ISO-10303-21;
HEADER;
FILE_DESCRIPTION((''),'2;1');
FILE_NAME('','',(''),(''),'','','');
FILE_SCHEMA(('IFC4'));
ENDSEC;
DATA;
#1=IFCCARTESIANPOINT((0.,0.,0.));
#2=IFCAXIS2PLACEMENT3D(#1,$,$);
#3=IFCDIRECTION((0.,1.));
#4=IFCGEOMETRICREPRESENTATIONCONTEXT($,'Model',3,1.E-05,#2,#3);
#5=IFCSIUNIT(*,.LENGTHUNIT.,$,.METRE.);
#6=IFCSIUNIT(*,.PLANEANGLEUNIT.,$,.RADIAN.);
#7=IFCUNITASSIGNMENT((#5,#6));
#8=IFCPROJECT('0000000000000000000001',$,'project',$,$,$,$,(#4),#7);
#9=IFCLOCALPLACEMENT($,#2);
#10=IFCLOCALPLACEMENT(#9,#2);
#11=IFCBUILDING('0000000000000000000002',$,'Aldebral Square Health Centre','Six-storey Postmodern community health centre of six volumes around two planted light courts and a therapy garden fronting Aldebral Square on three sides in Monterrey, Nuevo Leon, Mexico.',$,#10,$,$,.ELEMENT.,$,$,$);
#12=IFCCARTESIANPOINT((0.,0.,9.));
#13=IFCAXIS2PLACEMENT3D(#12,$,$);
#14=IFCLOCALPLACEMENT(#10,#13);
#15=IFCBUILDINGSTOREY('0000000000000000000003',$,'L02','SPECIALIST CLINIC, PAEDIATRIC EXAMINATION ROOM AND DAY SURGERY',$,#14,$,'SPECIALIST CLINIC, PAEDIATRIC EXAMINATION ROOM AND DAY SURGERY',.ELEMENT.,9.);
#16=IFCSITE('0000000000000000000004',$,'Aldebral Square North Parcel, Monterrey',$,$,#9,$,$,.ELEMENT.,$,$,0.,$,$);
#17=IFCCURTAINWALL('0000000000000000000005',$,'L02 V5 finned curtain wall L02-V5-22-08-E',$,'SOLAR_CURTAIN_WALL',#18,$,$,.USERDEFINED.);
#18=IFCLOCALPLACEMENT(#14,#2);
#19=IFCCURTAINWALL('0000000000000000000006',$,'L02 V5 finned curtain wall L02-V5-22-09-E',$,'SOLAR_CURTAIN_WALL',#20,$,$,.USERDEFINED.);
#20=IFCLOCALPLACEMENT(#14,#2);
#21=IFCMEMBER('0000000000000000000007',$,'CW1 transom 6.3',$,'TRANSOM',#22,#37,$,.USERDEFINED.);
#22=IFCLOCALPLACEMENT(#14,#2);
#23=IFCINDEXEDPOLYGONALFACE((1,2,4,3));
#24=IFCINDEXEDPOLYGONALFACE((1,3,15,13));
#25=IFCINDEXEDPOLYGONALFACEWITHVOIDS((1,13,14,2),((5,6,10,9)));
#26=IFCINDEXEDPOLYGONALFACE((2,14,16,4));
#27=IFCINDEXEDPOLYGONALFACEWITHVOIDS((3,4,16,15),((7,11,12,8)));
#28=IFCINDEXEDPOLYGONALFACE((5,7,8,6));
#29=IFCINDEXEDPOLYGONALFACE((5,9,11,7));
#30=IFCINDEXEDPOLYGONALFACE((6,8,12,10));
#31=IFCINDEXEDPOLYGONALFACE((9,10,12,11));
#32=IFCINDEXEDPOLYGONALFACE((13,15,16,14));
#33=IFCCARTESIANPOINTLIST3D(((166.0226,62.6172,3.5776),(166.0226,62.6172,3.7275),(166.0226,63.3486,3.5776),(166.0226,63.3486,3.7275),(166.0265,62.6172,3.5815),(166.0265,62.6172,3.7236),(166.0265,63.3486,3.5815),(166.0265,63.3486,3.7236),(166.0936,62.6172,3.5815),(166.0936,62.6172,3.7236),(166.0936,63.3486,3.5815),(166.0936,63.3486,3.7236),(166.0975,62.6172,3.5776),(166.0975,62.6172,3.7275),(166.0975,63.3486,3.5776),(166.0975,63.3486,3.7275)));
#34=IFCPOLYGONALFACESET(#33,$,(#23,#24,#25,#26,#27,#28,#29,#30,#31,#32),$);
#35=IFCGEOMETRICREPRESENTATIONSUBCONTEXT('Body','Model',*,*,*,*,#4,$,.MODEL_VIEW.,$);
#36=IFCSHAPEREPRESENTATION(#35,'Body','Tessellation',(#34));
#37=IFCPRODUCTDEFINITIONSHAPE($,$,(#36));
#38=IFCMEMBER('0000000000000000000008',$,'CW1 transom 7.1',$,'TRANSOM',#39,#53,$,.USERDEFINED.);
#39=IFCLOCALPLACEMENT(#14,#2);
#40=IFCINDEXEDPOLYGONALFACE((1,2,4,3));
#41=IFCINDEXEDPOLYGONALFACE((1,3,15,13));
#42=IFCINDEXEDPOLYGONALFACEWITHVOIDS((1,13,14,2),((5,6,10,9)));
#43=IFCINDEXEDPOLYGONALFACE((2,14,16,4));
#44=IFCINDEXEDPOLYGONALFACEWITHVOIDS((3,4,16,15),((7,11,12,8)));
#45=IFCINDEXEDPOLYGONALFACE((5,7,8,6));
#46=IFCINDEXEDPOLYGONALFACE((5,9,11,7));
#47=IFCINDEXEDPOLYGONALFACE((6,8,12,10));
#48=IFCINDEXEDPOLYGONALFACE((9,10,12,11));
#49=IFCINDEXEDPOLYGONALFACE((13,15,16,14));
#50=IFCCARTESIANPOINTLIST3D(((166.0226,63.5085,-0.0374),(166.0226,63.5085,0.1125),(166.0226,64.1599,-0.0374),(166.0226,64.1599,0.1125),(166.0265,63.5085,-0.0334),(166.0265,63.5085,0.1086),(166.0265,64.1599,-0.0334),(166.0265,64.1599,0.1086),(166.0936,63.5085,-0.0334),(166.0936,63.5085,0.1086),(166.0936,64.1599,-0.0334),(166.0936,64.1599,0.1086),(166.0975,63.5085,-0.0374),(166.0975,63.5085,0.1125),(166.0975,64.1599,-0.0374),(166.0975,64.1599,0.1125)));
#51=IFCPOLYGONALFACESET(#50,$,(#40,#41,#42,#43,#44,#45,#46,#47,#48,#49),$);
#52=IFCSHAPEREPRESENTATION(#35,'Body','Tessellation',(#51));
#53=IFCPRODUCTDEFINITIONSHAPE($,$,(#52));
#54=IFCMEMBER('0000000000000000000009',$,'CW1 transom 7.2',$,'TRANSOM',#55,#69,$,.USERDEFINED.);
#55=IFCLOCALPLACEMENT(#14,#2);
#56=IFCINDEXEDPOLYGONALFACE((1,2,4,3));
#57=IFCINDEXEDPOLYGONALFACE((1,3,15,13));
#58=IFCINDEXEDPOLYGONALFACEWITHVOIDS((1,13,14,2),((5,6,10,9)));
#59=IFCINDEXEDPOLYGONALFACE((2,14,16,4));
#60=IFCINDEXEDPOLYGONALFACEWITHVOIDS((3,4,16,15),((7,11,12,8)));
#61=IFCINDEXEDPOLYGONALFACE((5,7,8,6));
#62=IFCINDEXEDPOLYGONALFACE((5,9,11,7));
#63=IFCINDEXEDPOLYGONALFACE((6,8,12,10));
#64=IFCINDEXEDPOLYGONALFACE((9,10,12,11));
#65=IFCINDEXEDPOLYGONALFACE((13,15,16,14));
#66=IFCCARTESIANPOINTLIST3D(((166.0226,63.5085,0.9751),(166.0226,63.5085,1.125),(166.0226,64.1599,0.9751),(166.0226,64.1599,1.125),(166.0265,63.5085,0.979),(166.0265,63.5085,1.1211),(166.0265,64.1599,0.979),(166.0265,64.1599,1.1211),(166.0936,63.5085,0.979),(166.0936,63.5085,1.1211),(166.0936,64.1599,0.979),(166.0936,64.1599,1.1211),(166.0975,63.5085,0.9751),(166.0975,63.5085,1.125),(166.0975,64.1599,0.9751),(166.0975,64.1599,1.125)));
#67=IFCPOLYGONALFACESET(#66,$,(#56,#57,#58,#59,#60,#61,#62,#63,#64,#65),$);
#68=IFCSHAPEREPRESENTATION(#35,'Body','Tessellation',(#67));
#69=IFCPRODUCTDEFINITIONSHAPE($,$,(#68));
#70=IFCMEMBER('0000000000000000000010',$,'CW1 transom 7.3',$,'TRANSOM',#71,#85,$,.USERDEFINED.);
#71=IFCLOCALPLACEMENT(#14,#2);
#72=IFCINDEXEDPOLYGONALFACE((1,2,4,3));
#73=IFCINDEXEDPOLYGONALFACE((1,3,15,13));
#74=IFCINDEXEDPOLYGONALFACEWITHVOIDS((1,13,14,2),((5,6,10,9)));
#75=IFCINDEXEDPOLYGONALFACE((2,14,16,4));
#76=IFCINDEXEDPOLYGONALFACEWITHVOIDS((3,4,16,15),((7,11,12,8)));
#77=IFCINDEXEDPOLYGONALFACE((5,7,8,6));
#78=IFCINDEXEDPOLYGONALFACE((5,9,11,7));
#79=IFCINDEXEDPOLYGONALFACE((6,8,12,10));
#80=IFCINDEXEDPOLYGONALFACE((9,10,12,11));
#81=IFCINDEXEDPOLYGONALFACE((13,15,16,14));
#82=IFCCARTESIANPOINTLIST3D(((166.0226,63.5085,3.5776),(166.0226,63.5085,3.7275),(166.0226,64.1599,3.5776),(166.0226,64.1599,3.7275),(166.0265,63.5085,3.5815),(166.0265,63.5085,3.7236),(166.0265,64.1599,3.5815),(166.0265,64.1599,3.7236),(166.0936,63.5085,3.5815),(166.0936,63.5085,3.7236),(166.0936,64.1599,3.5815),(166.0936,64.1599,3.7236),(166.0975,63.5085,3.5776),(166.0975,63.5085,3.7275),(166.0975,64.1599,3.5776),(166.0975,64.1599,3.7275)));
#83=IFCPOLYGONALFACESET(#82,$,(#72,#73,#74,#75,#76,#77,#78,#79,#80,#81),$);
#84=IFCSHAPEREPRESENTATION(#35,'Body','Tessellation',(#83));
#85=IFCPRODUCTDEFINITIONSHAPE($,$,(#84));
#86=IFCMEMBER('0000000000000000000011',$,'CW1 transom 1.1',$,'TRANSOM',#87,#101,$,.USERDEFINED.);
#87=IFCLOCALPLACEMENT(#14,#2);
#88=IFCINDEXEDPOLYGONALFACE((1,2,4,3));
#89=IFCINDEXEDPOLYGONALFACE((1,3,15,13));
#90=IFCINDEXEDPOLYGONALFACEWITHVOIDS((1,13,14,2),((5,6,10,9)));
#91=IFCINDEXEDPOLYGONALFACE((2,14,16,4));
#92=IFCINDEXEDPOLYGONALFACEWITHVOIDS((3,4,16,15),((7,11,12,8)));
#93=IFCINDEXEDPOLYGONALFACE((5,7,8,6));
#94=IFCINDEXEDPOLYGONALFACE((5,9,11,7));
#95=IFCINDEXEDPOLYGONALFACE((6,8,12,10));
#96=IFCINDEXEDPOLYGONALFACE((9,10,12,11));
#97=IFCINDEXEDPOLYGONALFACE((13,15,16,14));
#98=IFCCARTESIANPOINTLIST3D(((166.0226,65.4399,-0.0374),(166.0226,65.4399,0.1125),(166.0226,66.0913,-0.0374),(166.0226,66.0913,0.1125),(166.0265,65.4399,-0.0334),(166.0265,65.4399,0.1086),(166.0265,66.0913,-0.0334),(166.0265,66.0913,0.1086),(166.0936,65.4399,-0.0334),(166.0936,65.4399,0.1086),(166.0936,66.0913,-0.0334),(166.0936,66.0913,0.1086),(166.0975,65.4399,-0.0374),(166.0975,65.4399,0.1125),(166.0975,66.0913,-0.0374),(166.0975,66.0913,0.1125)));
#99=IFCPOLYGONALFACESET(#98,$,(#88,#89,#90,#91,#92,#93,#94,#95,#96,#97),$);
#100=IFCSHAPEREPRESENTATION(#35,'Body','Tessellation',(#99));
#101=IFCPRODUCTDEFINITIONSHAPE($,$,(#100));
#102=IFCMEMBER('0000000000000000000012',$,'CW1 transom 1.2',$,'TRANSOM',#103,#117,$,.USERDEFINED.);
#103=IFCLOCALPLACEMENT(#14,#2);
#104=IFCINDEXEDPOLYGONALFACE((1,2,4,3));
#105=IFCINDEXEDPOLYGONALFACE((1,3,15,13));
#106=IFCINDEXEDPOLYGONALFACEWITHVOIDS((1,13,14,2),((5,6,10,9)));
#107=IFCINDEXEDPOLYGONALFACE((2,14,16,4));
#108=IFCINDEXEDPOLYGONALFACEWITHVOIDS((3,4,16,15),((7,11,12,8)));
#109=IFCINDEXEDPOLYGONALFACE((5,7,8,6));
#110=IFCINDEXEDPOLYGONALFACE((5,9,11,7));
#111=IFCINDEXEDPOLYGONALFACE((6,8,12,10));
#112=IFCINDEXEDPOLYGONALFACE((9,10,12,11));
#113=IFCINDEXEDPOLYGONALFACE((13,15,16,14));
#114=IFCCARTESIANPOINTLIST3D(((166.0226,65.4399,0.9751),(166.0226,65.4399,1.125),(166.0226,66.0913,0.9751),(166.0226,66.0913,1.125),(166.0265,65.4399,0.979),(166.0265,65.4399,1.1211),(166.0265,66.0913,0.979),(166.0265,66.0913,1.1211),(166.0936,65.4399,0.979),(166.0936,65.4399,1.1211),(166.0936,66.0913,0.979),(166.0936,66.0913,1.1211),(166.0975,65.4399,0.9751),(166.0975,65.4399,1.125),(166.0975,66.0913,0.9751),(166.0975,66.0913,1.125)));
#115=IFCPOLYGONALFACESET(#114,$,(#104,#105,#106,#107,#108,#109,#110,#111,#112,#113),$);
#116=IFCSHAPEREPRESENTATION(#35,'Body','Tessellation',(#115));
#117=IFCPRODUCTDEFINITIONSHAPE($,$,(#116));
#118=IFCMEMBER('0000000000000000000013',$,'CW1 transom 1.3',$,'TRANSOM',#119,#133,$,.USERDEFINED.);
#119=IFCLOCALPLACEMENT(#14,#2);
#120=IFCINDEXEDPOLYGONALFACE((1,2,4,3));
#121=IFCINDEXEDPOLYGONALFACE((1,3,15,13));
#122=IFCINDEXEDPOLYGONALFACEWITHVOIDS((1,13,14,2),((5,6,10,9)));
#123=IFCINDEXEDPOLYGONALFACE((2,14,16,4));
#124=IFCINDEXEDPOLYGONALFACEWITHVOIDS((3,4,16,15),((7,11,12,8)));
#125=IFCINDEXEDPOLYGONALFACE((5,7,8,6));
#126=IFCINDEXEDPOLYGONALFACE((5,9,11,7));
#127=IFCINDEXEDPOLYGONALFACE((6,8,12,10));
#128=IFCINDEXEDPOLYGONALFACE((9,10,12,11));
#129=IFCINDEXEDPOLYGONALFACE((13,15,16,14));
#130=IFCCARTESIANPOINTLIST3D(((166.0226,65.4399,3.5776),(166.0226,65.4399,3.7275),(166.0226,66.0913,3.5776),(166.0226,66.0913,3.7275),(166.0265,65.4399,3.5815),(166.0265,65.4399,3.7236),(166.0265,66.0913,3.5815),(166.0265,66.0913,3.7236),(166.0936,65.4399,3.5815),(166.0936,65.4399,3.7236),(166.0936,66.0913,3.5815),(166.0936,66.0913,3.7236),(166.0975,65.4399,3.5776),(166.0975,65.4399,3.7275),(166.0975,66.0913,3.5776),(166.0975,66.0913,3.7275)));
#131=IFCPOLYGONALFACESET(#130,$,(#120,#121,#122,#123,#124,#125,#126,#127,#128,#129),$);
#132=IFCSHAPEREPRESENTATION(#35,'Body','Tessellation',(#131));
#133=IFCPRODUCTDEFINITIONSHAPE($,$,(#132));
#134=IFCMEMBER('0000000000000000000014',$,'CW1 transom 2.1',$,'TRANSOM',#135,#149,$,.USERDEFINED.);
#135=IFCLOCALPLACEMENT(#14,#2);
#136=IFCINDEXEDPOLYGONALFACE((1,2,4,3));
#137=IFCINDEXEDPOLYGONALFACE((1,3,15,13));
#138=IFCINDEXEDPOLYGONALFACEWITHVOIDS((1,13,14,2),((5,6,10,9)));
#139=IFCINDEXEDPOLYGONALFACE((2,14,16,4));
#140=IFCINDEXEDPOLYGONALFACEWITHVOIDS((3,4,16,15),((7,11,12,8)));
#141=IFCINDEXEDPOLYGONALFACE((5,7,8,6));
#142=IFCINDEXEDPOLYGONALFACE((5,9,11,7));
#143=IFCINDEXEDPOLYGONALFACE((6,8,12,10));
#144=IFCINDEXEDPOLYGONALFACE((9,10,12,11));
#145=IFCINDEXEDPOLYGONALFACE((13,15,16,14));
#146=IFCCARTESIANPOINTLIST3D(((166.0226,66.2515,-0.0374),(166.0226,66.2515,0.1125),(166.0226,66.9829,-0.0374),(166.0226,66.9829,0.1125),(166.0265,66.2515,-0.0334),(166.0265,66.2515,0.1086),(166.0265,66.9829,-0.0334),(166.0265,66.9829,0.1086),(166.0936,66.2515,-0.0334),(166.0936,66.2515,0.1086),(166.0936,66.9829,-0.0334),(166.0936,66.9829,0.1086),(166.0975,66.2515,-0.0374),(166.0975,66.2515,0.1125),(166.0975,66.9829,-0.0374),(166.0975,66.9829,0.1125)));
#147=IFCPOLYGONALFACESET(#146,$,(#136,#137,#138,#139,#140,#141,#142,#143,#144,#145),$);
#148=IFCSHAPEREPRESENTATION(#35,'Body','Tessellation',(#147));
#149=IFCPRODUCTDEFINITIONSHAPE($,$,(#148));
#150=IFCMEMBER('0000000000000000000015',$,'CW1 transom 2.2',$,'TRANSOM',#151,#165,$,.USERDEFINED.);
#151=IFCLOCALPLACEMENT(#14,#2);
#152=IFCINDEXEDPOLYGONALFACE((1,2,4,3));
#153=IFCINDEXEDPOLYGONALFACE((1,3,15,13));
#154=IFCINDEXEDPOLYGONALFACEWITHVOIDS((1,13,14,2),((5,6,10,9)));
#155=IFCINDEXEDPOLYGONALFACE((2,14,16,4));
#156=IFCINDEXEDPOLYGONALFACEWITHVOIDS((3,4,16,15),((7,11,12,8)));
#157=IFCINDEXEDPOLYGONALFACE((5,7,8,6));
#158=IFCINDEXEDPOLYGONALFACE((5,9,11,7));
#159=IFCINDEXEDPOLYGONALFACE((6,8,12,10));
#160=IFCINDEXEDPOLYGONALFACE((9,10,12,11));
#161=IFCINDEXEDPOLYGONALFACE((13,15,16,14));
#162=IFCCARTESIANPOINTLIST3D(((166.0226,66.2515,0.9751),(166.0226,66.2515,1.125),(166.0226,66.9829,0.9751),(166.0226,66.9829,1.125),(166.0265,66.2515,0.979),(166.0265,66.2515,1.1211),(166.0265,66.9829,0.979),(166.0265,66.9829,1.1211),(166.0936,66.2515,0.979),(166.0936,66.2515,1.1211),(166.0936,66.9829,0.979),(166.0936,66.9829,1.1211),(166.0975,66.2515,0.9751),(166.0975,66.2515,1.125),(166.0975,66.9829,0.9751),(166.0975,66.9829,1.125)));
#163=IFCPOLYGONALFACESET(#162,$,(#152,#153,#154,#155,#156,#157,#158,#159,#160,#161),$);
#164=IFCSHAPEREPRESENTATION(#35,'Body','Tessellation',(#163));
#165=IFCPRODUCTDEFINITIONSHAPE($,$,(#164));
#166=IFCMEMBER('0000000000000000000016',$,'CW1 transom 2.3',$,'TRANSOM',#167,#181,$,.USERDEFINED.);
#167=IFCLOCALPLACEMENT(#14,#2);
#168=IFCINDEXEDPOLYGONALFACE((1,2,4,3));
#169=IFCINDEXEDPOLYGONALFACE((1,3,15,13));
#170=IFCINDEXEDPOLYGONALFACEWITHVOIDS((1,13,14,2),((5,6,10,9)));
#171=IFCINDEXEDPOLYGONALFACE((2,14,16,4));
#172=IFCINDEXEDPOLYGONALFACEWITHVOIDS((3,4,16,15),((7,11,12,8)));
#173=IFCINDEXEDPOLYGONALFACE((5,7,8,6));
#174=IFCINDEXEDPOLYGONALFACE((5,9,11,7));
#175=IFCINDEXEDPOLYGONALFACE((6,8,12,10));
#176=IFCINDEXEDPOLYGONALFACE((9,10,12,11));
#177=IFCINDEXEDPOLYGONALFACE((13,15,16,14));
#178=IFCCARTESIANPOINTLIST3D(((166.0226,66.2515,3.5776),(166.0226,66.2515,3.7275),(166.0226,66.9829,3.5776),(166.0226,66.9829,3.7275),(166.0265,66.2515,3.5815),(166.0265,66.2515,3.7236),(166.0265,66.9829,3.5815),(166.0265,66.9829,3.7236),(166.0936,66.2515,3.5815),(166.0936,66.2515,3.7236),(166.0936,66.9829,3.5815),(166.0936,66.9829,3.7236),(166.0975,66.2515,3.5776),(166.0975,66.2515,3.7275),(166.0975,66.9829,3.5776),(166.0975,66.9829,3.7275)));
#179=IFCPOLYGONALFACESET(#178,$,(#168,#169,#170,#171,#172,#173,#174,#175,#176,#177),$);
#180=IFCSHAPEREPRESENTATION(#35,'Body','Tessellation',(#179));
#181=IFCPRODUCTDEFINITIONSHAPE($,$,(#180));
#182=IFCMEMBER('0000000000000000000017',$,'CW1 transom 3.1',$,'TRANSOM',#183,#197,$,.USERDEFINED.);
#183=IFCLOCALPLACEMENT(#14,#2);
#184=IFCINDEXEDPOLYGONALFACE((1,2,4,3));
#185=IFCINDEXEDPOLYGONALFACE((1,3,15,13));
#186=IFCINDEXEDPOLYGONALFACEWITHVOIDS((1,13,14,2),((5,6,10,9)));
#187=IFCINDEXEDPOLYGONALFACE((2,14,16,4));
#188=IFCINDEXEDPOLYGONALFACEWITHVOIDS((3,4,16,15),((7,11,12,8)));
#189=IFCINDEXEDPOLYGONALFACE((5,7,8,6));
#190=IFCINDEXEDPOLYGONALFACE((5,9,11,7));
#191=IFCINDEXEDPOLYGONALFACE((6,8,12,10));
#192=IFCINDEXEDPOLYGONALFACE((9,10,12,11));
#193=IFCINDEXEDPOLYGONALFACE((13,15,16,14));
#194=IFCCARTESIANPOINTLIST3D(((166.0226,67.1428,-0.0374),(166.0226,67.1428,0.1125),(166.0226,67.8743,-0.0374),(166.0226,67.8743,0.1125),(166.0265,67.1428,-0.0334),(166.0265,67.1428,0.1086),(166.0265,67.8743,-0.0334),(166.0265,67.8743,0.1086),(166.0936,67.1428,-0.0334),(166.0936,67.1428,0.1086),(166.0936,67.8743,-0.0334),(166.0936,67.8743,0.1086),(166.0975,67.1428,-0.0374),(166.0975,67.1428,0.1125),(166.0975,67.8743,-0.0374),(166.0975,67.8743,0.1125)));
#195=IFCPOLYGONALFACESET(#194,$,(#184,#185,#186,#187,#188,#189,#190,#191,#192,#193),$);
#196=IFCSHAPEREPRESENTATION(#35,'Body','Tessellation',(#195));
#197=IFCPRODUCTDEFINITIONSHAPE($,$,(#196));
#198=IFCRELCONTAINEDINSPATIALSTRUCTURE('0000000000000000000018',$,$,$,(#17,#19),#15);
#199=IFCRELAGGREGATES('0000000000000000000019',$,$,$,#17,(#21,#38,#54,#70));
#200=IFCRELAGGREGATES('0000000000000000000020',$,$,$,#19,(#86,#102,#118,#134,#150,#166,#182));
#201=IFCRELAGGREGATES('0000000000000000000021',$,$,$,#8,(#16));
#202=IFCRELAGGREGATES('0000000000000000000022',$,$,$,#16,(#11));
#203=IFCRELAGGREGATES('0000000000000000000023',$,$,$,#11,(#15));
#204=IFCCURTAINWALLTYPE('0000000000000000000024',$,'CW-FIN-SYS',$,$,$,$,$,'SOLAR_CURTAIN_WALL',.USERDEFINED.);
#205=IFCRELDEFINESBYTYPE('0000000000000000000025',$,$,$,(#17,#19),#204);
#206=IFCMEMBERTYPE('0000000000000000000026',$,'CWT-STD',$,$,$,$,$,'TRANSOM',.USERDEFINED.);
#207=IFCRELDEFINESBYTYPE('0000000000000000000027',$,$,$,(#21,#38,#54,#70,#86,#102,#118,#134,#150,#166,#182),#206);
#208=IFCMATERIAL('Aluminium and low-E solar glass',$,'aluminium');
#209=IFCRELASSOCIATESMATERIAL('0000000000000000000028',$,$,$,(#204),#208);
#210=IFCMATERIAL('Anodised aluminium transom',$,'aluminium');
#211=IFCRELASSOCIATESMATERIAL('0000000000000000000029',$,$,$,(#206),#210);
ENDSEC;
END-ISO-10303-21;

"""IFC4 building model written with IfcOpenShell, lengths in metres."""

from ifc_helpers import new_model, si_unit, direction, frame, origin, origin_2d, place, context, subcontext, project, spatial, hollow_rectangle, extrude, material, material_profile, profile_set, type_object, element, aggregate, save


model = new_model("IFC4")

# Units and contexts
model_context = context("Model", 3, precision=1e-05, world=origin(), true_north=direction((0.0, 1.0)))
body_context = subcontext(model_context, "Body", "Model", "MODEL_VIEW")
ifc_project = project(units=[si_unit("LENGTHUNIT", "METRE"), si_unit("PLANEANGLEUNIT", "RADIAN")], contexts=[model_context])

# Site, building, storey
site_placement = place(None, origin())
site = spatial("IfcSite", under=ifc_project, at=site_placement, Name="Aldebral Square North Parcel, Monterrey", CompositionType="ELEMENT", RefElevation=0.0)
building_placement = place(site_placement, origin())
building = spatial("IfcBuilding", under=site, at=building_placement, Name="Aldebral Square Health Centre", Description="Six-storey Postmodern community health centre of six volumes around two planted light courts and a therapy garden fronting Aldebral Square on three sides in Monterrey, Nuevo Leon, Mexico.", CompositionType="ELEMENT")
storey_placement = place(building_placement, frame((0.0, 0.0, 9.0)))
storey = spatial("IfcBuildingStorey", under=building, at=storey_placement, Name="L02", Description="SPECIALIST CLINIC, PAEDIATRIC EXAMINATION ROOM AND DAY SURGERY", LongName="SPECIALIST CLINIC, PAEDIATRIC EXAMINATION ROOM AND DAY SURGERY", CompositionType="ELEMENT", Elevation=9.0)

# Curtain walls
ifc_material_1 = material(Name="Aluminium and low-E solar glass", Category="aluminium")
curtain_wall_type = type_object("IfcCurtainWallType", Name="CW-FIN-SYS", ElementType="SOLAR_CURTAIN_WALL", PredefinedType="USERDEFINED", material=ifc_material_1)
curtain_wall_1_placement = place(storey_placement, origin())
curtain_wall_1 = element("IfcCurtainWall", 1, at=curtain_wall_1_placement, inside=storey, type_object=curtain_wall_type, Name="L02 V5 finned curtain wall L02-V5-22-08-E", ObjectType="SOLAR_CURTAIN_WALL", PredefinedType="USERDEFINED")
curtain_wall_2_placement = place(storey_placement, origin())
curtain_wall_2 = element("IfcCurtainWall", 2, at=curtain_wall_2_placement, inside=storey, type_object=curtain_wall_type, Name="L02 V5 finned curtain wall L02-V5-22-09-E", ObjectType="SOLAR_CURTAIN_WALL", PredefinedType="USERDEFINED")

# Members
ifc_material_2 = material(Name="Anodised aluminium transom", Category="aluminium")
ifc_material_profile_1 = material_profile(ifc_material_2, hollow_rectangle(XDim=0.075, YDim=0.1499, WallThickness=0.0039, at=origin_2d()), Name="CWT 75x150x4")
ifc_profile_set_1 = profile_set([ifc_material_profile_1], Name="Anodised aluminium transom")
member_type_1 = type_object("IfcMemberType", Name="CWT-STD", ElementType="TRANSOM", PredefinedType="USERDEFINED", material=ifc_profile_set_1)
member_1_placement = place(storey_placement, frame((166.0601, 62.6172, 3.6526), z_axis=(0.0, 1.0, 0.0), x_axis=(-1.0, 0.0, 0.0)))
member_1 = element("IfcMember", 3, at=member_1_placement, type_object=member_type_1, Name="CW1 transom 6.3", ObjectType="TRANSOM", PredefinedType="USERDEFINED", context=body_context, shape_type="SweptSolid", body=[
    extrude(hollow_rectangle(XDim=0.075, YDim=0.1499, WallThickness=0.0039, at=origin_2d()), origin(), (0.0, 0.0, 1.0), 0.7314),
])
member_2_placement = place(storey_placement, frame((166.0601, 63.5085, 0.0376), z_axis=(0.0, 1.0, 0.0), x_axis=(-1.0, 0.0, 0.0)))
member_2 = element("IfcMember", 4, at=member_2_placement, type_object=member_type_1, Name="CW1 transom 7.1", ObjectType="TRANSOM", PredefinedType="USERDEFINED", context=body_context, shape_type="SweptSolid", body=[
    extrude(hollow_rectangle(XDim=0.075, YDim=0.1499, WallThickness=0.0039, at=origin_2d()), origin(), (0.0, 0.0, 1.0), 0.6514),
])
member_3_placement = place(storey_placement, frame((166.0601, 63.5085, 1.05), z_axis=(0.0, 1.0, 0.0), x_axis=(-1.0, 0.0, 0.0)))
member_3 = element("IfcMember", 5, at=member_3_placement, type_object=member_type_1, Name="CW1 transom 7.2", ObjectType="TRANSOM", PredefinedType="USERDEFINED", context=body_context, shape_type="SweptSolid", body=[
    extrude(hollow_rectangle(XDim=0.075, YDim=0.1499, WallThickness=0.0039, at=origin_2d()), origin(), (0.0, 0.0, 1.0), 0.6514),
])
member_4_placement = place(storey_placement, frame((166.0601, 63.5085, 3.6526), z_axis=(0.0, 1.0, 0.0), x_axis=(-1.0, 0.0, 0.0)))
member_4 = element("IfcMember", 6, at=member_4_placement, type_object=member_type_1, Name="CW1 transom 7.3", ObjectType="TRANSOM", PredefinedType="USERDEFINED", context=body_context, shape_type="SweptSolid", body=[
    extrude(hollow_rectangle(XDim=0.075, YDim=0.1499, WallThickness=0.0039, at=origin_2d()), origin(), (0.0, 0.0, 1.0), 0.6514),
])
member_5_placement = place(storey_placement, frame((166.0601, 65.4399, 0.0376), z_axis=(0.0, 1.0, 0.0), x_axis=(-1.0, 0.0, 0.0)))
member_5 = element("IfcMember", 7, at=member_5_placement, type_object=member_type_1, Name="CW1 transom 1.1", ObjectType="TRANSOM", PredefinedType="USERDEFINED", context=body_context, shape_type="SweptSolid", body=[
    extrude(hollow_rectangle(XDim=0.075, YDim=0.1499, WallThickness=0.0039, at=origin_2d()), origin(), (0.0, 0.0, 1.0), 0.6514),
])
member_6_placement = place(storey_placement, frame((166.0601, 65.4399, 1.05), z_axis=(0.0, 1.0, 0.0), x_axis=(-1.0, 0.0, 0.0)))
member_6 = element("IfcMember", 8, at=member_6_placement, type_object=member_type_1, Name="CW1 transom 1.2", ObjectType="TRANSOM", PredefinedType="USERDEFINED", context=body_context, shape_type="SweptSolid", body=[
    extrude(hollow_rectangle(XDim=0.075, YDim=0.1499, WallThickness=0.0039, at=origin_2d()), origin(), (0.0, 0.0, 1.0), 0.6514),
])
member_7_placement = place(storey_placement, frame((166.0601, 65.4399, 3.6526), z_axis=(0.0, 1.0, 0.0), x_axis=(-1.0, 0.0, 0.0)))
member_7 = element("IfcMember", 9, at=member_7_placement, type_object=member_type_1, Name="CW1 transom 1.3", ObjectType="TRANSOM", PredefinedType="USERDEFINED", context=body_context, shape_type="SweptSolid", body=[
    extrude(hollow_rectangle(XDim=0.075, YDim=0.1499, WallThickness=0.0039, at=origin_2d()), origin(), (0.0, 0.0, 1.0), 0.6514),
])
member_8_placement = place(storey_placement, frame((166.0601, 66.2515, 0.0376), z_axis=(0.0, 1.0, 0.0), x_axis=(-1.0, 0.0, 0.0)))
member_8 = element("IfcMember", 10, at=member_8_placement, type_object=member_type_1, Name="CW1 transom 2.1", ObjectType="TRANSOM", PredefinedType="USERDEFINED", context=body_context, shape_type="SweptSolid", body=[
    extrude(hollow_rectangle(XDim=0.075, YDim=0.1499, WallThickness=0.0039, at=origin_2d()), origin(), (0.0, 0.0, 1.0), 0.7314),
])
member_9_placement = place(storey_placement, frame((166.0601, 66.2515, 1.05), z_axis=(0.0, 1.0, 0.0), x_axis=(-1.0, 0.0, 0.0)))
member_9 = element("IfcMember", 11, at=member_9_placement, type_object=member_type_1, Name="CW1 transom 2.2", ObjectType="TRANSOM", PredefinedType="USERDEFINED", context=body_context, shape_type="SweptSolid", body=[
    extrude(hollow_rectangle(XDim=0.075, YDim=0.1499, WallThickness=0.0039, at=origin_2d()), origin(), (0.0, 0.0, 1.0), 0.7314),
])
member_10_placement = place(storey_placement, frame((166.0601, 66.2515, 3.6526), z_axis=(0.0, 1.0, 0.0), x_axis=(-1.0, 0.0, 0.0)))
member_10 = element("IfcMember", 12, at=member_10_placement, type_object=member_type_1, Name="CW1 transom 2.3", ObjectType="TRANSOM", PredefinedType="USERDEFINED", context=body_context, shape_type="SweptSolid", body=[
    extrude(hollow_rectangle(XDim=0.075, YDim=0.1499, WallThickness=0.0039, at=origin_2d()), origin(), (0.0, 0.0, 1.0), 0.7314),
])
member_11_placement = place(storey_placement, frame((166.0601, 67.1428, 0.0376), z_axis=(0.0, 1.0, 0.0), x_axis=(-1.0, 0.0, 0.0)))
member_11 = element("IfcMember", 13, at=member_11_placement, type_object=member_type_1, Name="CW1 transom 3.1", ObjectType="TRANSOM", PredefinedType="USERDEFINED", context=body_context, shape_type="SweptSolid", body=[
    extrude(hollow_rectangle(XDim=0.075, YDim=0.1499, WallThickness=0.0039, at=origin_2d()), origin(), (0.0, 0.0, 1.0), 0.7314),
])

aggregate(curtain_wall_1, [member_1, member_2, member_3, member_4])
aggregate(curtain_wall_2, [member_5, member_6, member_7, member_8, member_9, member_10, member_11])

save(model, "model.ifc")
